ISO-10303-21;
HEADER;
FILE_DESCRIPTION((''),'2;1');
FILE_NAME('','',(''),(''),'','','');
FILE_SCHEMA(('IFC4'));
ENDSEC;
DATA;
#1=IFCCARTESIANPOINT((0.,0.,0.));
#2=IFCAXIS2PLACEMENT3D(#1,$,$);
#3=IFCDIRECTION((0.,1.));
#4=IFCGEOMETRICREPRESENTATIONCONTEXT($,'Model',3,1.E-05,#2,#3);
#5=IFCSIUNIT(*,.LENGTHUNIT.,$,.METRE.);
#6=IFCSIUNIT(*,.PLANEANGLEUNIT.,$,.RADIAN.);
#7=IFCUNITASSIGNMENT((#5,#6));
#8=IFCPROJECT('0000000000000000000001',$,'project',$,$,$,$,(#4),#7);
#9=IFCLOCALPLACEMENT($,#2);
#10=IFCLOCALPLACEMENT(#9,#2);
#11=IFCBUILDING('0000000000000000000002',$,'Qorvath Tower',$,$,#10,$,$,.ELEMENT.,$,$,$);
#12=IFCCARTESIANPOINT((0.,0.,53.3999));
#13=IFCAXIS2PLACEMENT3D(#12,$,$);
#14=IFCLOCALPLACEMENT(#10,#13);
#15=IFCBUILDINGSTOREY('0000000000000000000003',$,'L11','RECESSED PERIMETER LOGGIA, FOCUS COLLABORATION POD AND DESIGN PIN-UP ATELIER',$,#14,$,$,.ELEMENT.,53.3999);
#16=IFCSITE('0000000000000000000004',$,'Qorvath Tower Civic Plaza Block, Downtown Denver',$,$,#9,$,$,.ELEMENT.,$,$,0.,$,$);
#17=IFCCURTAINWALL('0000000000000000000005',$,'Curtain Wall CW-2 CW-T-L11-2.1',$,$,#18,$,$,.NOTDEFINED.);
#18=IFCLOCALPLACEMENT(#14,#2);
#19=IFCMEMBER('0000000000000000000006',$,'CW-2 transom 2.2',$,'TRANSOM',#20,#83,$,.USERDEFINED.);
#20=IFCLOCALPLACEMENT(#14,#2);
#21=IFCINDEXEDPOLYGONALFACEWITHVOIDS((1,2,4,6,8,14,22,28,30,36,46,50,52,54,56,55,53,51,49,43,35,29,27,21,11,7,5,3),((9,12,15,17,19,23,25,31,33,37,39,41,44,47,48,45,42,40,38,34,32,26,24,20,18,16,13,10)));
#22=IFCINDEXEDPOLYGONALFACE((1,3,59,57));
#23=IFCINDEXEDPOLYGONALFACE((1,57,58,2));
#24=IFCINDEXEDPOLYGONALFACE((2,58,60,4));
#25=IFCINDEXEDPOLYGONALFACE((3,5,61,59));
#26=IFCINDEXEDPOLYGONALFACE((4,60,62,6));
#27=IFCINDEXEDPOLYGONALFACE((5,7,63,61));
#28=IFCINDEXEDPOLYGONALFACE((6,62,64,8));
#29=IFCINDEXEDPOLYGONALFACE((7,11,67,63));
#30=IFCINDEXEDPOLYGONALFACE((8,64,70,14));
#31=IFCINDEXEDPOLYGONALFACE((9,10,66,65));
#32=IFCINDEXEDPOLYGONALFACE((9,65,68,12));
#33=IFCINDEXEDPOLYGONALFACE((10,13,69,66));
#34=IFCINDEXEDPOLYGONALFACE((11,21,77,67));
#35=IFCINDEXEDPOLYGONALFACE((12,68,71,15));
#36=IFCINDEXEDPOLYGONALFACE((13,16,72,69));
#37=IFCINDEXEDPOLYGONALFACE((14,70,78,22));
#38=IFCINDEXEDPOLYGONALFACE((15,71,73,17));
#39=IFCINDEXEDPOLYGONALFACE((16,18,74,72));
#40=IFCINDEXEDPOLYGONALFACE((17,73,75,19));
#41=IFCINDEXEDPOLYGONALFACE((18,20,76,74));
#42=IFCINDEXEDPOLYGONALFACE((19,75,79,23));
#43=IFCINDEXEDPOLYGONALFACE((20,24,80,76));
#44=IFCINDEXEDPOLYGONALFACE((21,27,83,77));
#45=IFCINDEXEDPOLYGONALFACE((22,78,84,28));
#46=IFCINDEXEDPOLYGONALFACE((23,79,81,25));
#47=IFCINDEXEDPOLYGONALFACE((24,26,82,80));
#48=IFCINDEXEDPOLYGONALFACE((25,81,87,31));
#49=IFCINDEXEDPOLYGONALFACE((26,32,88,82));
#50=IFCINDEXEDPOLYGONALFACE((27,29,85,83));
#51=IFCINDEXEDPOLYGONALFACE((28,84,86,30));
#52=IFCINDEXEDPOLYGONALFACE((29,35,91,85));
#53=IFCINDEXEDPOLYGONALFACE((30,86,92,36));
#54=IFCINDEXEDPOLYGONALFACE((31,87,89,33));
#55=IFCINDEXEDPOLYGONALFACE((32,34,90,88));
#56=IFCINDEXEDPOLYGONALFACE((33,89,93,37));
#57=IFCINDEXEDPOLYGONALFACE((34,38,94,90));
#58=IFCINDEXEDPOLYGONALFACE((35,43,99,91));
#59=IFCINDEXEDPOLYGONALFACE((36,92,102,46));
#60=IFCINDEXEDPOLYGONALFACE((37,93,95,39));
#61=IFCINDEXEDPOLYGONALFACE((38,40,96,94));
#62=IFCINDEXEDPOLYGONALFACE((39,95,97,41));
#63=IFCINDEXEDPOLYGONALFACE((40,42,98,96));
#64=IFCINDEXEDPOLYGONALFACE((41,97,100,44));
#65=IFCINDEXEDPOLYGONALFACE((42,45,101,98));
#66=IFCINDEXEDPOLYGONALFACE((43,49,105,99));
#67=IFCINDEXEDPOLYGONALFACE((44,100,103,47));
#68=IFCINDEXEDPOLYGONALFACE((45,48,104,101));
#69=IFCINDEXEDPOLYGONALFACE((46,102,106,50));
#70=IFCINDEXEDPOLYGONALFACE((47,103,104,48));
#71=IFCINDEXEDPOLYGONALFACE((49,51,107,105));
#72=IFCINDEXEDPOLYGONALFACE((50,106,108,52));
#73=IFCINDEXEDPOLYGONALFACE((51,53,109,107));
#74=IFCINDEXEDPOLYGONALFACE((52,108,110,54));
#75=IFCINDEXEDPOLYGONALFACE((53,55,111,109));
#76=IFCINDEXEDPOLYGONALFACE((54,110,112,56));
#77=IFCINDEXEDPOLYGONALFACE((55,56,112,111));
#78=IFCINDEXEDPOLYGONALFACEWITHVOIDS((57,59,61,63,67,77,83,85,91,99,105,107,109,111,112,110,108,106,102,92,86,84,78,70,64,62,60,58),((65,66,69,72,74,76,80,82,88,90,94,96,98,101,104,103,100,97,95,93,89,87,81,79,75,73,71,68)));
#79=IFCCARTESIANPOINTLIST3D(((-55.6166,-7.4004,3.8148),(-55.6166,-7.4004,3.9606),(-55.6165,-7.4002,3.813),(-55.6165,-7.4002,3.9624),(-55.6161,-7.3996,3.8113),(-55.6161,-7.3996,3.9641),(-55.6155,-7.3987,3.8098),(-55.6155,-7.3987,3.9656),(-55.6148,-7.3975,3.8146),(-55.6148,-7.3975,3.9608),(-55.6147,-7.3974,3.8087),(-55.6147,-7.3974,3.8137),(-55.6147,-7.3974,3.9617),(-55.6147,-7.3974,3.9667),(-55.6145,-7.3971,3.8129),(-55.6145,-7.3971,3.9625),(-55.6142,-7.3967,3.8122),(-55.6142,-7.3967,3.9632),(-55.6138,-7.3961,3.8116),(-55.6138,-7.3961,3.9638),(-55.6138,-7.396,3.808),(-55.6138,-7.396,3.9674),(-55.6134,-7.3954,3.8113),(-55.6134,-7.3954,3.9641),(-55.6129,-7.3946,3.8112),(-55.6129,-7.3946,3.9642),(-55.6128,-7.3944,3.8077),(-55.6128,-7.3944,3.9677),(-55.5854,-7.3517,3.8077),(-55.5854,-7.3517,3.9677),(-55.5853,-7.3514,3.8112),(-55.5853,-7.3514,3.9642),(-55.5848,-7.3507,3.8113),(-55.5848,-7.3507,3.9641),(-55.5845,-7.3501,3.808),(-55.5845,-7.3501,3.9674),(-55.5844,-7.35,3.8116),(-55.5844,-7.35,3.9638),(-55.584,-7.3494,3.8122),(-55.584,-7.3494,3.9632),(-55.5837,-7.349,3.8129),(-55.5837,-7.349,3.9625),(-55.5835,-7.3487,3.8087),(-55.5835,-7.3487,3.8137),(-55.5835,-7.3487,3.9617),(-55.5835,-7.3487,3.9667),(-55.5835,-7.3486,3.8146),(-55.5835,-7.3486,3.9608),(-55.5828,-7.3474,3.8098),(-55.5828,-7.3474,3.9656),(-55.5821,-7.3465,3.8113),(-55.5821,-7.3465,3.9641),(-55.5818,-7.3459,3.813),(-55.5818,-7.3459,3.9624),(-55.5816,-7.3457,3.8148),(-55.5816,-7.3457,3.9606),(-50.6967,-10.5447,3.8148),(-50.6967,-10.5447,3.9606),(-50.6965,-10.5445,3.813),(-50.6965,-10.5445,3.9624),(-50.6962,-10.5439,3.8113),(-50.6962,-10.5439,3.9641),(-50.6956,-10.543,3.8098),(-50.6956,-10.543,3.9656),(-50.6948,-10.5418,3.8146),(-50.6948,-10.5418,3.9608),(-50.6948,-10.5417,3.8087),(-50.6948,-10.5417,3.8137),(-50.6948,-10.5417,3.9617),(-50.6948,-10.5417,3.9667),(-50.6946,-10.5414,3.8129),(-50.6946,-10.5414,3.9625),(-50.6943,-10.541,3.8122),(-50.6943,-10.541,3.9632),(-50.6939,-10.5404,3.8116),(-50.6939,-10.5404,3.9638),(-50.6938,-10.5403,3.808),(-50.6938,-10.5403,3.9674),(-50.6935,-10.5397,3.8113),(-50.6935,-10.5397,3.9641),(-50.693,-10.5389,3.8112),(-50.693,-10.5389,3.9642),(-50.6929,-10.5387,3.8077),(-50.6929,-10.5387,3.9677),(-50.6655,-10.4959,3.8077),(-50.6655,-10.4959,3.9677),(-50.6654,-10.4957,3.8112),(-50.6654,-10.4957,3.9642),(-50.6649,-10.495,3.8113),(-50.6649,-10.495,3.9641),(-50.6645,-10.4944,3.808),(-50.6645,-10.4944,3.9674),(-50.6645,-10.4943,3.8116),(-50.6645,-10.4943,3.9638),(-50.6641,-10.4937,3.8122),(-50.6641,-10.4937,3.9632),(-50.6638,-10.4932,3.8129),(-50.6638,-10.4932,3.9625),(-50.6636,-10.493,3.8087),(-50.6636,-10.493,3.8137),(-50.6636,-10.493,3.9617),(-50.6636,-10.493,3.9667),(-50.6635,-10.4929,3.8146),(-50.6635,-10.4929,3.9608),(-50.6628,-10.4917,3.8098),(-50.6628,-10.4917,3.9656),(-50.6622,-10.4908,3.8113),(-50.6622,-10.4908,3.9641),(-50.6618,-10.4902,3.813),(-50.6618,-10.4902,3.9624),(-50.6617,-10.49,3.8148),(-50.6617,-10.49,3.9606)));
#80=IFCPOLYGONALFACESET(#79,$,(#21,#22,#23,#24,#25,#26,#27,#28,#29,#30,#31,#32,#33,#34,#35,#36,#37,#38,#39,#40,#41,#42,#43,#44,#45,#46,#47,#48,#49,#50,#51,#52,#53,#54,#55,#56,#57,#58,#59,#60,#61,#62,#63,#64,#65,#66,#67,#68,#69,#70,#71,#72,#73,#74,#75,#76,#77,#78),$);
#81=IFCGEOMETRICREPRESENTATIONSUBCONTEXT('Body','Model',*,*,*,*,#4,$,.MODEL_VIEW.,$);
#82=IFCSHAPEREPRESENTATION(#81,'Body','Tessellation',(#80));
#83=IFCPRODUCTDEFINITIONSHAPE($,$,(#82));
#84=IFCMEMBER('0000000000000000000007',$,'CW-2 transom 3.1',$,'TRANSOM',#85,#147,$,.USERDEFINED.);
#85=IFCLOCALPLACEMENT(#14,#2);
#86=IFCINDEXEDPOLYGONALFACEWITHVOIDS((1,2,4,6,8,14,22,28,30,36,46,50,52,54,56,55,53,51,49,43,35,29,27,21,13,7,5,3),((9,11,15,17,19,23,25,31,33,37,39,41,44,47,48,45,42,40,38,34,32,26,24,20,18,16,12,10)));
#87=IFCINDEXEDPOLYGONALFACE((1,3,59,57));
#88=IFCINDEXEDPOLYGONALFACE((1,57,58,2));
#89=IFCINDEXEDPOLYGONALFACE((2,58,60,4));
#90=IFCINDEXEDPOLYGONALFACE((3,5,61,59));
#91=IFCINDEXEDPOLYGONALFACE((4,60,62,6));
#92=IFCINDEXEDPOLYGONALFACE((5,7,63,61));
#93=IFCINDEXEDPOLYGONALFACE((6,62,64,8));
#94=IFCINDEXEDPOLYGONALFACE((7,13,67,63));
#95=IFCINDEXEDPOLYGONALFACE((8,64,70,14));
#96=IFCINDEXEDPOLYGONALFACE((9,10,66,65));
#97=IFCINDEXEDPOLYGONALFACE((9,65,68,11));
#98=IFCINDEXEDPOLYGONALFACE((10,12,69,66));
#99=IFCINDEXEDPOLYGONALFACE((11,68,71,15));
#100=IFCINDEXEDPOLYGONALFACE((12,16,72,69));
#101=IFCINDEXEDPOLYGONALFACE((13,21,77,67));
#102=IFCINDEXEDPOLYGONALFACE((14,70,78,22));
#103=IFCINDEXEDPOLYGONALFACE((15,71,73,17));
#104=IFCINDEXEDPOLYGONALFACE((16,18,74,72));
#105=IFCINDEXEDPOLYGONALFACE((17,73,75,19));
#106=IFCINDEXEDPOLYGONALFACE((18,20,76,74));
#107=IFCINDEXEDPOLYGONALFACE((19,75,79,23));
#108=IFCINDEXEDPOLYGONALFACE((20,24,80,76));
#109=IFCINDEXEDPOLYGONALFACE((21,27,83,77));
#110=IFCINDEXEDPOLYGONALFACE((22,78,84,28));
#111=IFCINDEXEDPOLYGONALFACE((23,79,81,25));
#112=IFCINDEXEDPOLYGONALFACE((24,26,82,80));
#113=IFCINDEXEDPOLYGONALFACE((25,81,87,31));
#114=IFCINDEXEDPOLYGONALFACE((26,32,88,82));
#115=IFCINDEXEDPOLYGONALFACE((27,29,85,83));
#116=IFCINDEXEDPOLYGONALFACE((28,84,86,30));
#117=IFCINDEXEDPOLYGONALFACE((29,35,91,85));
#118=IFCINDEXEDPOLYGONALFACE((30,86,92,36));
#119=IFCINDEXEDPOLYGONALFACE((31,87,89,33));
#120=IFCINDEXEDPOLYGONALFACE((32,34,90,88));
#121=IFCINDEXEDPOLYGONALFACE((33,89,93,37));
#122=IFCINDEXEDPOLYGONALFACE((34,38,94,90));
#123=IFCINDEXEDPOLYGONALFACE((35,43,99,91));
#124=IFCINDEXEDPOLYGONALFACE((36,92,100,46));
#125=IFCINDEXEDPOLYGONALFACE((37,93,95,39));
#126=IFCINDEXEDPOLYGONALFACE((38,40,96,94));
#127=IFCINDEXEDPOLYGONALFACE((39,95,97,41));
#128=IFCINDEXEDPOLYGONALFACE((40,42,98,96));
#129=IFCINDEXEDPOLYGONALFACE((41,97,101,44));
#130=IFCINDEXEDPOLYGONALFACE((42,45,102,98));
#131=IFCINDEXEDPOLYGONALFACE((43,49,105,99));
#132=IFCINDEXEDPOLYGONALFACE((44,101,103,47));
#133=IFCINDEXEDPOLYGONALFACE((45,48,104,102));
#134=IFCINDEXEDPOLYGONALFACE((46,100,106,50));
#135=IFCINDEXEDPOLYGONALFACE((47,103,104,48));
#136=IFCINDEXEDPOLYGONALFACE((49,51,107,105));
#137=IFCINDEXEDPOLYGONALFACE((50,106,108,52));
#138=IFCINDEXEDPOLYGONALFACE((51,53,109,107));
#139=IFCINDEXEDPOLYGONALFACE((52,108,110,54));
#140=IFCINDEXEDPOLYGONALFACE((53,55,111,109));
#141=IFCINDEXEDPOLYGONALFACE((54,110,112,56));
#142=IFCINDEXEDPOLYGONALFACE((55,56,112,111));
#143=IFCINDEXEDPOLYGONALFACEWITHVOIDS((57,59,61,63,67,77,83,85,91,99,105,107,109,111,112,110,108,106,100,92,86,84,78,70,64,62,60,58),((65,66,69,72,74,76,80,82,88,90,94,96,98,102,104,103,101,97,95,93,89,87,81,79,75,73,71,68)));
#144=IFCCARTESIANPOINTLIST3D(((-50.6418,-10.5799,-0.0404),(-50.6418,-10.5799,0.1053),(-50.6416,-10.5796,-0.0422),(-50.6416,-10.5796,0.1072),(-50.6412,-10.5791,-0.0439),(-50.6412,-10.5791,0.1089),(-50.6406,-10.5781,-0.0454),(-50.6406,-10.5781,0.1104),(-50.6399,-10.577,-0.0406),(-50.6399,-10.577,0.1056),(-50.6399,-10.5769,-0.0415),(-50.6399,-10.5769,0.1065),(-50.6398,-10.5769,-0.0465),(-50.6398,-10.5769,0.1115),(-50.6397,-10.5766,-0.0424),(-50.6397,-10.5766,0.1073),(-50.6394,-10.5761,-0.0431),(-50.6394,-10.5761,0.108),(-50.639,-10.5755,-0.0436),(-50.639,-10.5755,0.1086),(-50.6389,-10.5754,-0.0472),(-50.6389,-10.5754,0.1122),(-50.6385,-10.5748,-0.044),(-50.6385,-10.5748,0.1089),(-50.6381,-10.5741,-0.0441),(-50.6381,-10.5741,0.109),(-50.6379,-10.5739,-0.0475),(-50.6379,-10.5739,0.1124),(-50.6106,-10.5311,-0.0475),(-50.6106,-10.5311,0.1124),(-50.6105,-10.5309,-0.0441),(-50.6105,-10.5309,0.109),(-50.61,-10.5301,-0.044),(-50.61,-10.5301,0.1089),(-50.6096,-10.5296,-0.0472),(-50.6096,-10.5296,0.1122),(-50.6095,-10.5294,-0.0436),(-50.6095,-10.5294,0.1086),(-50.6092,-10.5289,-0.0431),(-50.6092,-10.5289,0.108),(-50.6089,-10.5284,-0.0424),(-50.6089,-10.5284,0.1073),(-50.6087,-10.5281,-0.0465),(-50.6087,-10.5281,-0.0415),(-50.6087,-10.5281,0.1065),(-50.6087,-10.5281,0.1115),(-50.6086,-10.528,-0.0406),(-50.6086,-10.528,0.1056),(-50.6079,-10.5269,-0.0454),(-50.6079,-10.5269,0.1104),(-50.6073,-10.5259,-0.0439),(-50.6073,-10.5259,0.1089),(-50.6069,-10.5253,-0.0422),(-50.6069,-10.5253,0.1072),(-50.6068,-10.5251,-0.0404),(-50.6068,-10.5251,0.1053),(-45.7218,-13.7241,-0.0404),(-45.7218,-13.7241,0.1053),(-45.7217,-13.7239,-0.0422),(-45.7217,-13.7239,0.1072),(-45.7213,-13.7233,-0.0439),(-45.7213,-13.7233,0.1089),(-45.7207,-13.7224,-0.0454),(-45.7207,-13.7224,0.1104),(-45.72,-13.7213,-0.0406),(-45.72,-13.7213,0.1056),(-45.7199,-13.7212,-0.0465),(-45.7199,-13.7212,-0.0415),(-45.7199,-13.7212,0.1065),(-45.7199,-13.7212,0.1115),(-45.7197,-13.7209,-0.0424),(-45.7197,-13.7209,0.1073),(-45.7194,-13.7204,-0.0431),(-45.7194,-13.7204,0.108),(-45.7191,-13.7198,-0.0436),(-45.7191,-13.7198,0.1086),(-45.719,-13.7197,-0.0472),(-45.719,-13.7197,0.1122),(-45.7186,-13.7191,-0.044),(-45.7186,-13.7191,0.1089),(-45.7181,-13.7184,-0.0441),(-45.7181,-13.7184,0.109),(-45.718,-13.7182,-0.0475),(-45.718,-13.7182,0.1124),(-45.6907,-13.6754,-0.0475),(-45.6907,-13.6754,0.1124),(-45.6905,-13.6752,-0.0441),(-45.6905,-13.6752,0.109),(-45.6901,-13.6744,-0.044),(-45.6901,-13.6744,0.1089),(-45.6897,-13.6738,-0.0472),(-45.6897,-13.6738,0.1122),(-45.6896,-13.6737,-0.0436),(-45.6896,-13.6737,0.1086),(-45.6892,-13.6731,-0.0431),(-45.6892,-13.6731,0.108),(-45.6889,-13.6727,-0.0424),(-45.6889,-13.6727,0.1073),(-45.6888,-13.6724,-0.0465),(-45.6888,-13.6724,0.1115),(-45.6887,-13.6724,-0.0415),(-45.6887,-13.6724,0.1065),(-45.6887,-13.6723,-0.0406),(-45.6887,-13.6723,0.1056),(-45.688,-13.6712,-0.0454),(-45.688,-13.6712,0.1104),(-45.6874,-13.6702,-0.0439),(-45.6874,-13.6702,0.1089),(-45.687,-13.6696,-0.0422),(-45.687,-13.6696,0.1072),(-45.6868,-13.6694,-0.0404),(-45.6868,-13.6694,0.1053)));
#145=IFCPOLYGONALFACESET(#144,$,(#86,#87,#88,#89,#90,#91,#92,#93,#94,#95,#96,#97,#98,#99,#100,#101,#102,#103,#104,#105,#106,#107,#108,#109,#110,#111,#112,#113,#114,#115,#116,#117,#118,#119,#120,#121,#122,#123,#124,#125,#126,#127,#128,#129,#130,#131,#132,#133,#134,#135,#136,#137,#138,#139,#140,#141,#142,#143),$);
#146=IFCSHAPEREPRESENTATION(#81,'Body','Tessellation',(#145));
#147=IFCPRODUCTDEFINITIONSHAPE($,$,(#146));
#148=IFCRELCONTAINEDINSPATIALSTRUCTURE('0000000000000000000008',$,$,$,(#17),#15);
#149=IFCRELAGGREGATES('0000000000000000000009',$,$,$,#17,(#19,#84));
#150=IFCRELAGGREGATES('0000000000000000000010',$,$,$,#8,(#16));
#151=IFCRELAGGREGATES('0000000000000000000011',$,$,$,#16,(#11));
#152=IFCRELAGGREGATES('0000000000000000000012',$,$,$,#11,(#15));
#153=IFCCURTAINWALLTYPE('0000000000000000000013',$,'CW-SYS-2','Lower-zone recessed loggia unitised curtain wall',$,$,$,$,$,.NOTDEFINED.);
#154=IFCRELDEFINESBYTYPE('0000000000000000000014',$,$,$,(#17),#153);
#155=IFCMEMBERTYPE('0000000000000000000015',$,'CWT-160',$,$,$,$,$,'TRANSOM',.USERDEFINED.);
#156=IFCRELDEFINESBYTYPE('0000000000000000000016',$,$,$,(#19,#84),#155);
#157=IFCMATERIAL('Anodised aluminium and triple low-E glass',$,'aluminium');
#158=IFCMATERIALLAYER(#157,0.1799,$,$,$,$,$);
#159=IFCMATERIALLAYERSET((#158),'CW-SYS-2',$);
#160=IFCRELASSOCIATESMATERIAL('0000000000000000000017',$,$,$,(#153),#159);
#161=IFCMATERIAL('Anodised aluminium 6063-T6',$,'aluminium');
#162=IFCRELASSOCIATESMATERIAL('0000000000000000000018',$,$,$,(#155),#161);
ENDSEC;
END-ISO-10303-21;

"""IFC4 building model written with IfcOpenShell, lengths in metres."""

from ifc_helpers import new_model, si_unit, direction, frame, origin, origin_2d, place, context, subcontext, project, spatial, hollow_rectangle, extrude, material, layer, layer_set, material_profile, profile_set, type_object, element, aggregate, save


model = new_model("IFC4")

# Units and contexts
model_context = context("Model", 3, precision=1e-05, world=origin(), true_north=direction((0.0, 1.0)))
body_context = subcontext(model_context, "Body", "Model", "MODEL_VIEW")
ifc_project = project(units=[si_unit("LENGTHUNIT", "METRE"), si_unit("PLANEANGLEUNIT", "RADIAN")], contexts=[model_context])

# Site, building, storey
site_placement = place(None, origin())
site = spatial("IfcSite", under=ifc_project, at=site_placement, Name="Qorvath Tower Civic Plaza Block, Downtown Denver", CompositionType="ELEMENT", RefElevation=0.0)
building_placement = place(site_placement, origin())
building = spatial("IfcBuilding", under=site, at=building_placement, Name="Qorvath Tower", CompositionType="ELEMENT")
storey_placement = place(building_placement, frame((0.0, 0.0, 53.3999)))
storey = spatial("IfcBuildingStorey", under=building, at=storey_placement, Name="L11", Description="RECESSED PERIMETER LOGGIA, FOCUS COLLABORATION POD AND DESIGN PIN-UP ATELIER", CompositionType="ELEMENT", Elevation=53.3999)

# Curtain wall
ifc_material_1 = material(Name="Anodised aluminium and triple low-E glass", Category="aluminium")
ifc_layer_1 = layer(ifc_material_1, 0.1799)
ifc_layer_set_1 = layer_set([ifc_layer_1], Name="CW-SYS-2")
curtain_wall_type = type_object("IfcCurtainWallType", Name="CW-SYS-2", Description="Lower-zone recessed loggia unitised curtain wall", PredefinedType="NOTDEFINED", material=ifc_layer_set_1)
curtain_wall_1_placement = place(storey_placement, origin())
curtain_wall_1 = element("IfcCurtainWall", 1, at=curtain_wall_1_placement, inside=storey, type_object=curtain_wall_type, Name="Curtain Wall CW-2 CW-T-L11-2.1", PredefinedType="NOTDEFINED")

# Members
ifc_material_2 = material(Name="Anodised aluminium 6063-T6", Category="aluminium")
ifc_material_profile_1 = material_profile(ifc_material_2, hollow_rectangle(XDim=0.0649, YDim=0.1599, WallThickness=0.0034, InnerFilletRadius=0.0034, OuterFilletRadius=0.0071, at=origin_2d()), Name="CWT 160x65")
ifc_profile_set_1 = profile_set([ifc_material_profile_1], Name="Anodised aluminium 6063-T6")
member_type_1 = type_object("IfcMemberType", Name="CWT-160", ElementType="TRANSOM", PredefinedType="USERDEFINED", material=ifc_profile_set_1)
member_1_placement = place(storey_placement, frame((-55.5991, -7.373, 3.8877), z_axis=(0.842618, -0.538511, 0.0), x_axis=(0.538511, 0.842618, 0.0)))
member_1 = element("IfcMember", 2, at=member_1_placement, type_object=member_type_1, Name="CW-2 transom 2.2", ObjectType="TRANSOM", PredefinedType="USERDEFINED", context=body_context, shape_type="SweptSolid", body=[
    extrude(hollow_rectangle(XDim=0.0649, YDim=0.1599, WallThickness=0.0034, InnerFilletRadius=0.0034, OuterFilletRadius=0.0071, at=origin_2d()), origin(), (0.0, 0.0, 1.0), 5.8389),
])
member_2_placement = place(storey_placement, frame((-50.6243, -10.5525, 0.0325), z_axis=(0.842618, -0.538511, 0.0), x_axis=(0.538511, 0.842618, 0.0)))
member_2 = element("IfcMember", 3, at=member_2_placement, type_object=member_type_1, Name="CW-2 transom 3.1", ObjectType="TRANSOM", PredefinedType="USERDEFINED", context=body_context, shape_type="SweptSolid", body=[
    extrude(hollow_rectangle(XDim=0.0649, YDim=0.1599, WallThickness=0.0034, InnerFilletRadius=0.0034, OuterFilletRadius=0.0071, at=origin_2d()), origin(), (0.0, 0.0, 1.0), 5.8389),
])

aggregate(curtain_wall_1, [member_1, member_2])

save(model, "model.ifc")
